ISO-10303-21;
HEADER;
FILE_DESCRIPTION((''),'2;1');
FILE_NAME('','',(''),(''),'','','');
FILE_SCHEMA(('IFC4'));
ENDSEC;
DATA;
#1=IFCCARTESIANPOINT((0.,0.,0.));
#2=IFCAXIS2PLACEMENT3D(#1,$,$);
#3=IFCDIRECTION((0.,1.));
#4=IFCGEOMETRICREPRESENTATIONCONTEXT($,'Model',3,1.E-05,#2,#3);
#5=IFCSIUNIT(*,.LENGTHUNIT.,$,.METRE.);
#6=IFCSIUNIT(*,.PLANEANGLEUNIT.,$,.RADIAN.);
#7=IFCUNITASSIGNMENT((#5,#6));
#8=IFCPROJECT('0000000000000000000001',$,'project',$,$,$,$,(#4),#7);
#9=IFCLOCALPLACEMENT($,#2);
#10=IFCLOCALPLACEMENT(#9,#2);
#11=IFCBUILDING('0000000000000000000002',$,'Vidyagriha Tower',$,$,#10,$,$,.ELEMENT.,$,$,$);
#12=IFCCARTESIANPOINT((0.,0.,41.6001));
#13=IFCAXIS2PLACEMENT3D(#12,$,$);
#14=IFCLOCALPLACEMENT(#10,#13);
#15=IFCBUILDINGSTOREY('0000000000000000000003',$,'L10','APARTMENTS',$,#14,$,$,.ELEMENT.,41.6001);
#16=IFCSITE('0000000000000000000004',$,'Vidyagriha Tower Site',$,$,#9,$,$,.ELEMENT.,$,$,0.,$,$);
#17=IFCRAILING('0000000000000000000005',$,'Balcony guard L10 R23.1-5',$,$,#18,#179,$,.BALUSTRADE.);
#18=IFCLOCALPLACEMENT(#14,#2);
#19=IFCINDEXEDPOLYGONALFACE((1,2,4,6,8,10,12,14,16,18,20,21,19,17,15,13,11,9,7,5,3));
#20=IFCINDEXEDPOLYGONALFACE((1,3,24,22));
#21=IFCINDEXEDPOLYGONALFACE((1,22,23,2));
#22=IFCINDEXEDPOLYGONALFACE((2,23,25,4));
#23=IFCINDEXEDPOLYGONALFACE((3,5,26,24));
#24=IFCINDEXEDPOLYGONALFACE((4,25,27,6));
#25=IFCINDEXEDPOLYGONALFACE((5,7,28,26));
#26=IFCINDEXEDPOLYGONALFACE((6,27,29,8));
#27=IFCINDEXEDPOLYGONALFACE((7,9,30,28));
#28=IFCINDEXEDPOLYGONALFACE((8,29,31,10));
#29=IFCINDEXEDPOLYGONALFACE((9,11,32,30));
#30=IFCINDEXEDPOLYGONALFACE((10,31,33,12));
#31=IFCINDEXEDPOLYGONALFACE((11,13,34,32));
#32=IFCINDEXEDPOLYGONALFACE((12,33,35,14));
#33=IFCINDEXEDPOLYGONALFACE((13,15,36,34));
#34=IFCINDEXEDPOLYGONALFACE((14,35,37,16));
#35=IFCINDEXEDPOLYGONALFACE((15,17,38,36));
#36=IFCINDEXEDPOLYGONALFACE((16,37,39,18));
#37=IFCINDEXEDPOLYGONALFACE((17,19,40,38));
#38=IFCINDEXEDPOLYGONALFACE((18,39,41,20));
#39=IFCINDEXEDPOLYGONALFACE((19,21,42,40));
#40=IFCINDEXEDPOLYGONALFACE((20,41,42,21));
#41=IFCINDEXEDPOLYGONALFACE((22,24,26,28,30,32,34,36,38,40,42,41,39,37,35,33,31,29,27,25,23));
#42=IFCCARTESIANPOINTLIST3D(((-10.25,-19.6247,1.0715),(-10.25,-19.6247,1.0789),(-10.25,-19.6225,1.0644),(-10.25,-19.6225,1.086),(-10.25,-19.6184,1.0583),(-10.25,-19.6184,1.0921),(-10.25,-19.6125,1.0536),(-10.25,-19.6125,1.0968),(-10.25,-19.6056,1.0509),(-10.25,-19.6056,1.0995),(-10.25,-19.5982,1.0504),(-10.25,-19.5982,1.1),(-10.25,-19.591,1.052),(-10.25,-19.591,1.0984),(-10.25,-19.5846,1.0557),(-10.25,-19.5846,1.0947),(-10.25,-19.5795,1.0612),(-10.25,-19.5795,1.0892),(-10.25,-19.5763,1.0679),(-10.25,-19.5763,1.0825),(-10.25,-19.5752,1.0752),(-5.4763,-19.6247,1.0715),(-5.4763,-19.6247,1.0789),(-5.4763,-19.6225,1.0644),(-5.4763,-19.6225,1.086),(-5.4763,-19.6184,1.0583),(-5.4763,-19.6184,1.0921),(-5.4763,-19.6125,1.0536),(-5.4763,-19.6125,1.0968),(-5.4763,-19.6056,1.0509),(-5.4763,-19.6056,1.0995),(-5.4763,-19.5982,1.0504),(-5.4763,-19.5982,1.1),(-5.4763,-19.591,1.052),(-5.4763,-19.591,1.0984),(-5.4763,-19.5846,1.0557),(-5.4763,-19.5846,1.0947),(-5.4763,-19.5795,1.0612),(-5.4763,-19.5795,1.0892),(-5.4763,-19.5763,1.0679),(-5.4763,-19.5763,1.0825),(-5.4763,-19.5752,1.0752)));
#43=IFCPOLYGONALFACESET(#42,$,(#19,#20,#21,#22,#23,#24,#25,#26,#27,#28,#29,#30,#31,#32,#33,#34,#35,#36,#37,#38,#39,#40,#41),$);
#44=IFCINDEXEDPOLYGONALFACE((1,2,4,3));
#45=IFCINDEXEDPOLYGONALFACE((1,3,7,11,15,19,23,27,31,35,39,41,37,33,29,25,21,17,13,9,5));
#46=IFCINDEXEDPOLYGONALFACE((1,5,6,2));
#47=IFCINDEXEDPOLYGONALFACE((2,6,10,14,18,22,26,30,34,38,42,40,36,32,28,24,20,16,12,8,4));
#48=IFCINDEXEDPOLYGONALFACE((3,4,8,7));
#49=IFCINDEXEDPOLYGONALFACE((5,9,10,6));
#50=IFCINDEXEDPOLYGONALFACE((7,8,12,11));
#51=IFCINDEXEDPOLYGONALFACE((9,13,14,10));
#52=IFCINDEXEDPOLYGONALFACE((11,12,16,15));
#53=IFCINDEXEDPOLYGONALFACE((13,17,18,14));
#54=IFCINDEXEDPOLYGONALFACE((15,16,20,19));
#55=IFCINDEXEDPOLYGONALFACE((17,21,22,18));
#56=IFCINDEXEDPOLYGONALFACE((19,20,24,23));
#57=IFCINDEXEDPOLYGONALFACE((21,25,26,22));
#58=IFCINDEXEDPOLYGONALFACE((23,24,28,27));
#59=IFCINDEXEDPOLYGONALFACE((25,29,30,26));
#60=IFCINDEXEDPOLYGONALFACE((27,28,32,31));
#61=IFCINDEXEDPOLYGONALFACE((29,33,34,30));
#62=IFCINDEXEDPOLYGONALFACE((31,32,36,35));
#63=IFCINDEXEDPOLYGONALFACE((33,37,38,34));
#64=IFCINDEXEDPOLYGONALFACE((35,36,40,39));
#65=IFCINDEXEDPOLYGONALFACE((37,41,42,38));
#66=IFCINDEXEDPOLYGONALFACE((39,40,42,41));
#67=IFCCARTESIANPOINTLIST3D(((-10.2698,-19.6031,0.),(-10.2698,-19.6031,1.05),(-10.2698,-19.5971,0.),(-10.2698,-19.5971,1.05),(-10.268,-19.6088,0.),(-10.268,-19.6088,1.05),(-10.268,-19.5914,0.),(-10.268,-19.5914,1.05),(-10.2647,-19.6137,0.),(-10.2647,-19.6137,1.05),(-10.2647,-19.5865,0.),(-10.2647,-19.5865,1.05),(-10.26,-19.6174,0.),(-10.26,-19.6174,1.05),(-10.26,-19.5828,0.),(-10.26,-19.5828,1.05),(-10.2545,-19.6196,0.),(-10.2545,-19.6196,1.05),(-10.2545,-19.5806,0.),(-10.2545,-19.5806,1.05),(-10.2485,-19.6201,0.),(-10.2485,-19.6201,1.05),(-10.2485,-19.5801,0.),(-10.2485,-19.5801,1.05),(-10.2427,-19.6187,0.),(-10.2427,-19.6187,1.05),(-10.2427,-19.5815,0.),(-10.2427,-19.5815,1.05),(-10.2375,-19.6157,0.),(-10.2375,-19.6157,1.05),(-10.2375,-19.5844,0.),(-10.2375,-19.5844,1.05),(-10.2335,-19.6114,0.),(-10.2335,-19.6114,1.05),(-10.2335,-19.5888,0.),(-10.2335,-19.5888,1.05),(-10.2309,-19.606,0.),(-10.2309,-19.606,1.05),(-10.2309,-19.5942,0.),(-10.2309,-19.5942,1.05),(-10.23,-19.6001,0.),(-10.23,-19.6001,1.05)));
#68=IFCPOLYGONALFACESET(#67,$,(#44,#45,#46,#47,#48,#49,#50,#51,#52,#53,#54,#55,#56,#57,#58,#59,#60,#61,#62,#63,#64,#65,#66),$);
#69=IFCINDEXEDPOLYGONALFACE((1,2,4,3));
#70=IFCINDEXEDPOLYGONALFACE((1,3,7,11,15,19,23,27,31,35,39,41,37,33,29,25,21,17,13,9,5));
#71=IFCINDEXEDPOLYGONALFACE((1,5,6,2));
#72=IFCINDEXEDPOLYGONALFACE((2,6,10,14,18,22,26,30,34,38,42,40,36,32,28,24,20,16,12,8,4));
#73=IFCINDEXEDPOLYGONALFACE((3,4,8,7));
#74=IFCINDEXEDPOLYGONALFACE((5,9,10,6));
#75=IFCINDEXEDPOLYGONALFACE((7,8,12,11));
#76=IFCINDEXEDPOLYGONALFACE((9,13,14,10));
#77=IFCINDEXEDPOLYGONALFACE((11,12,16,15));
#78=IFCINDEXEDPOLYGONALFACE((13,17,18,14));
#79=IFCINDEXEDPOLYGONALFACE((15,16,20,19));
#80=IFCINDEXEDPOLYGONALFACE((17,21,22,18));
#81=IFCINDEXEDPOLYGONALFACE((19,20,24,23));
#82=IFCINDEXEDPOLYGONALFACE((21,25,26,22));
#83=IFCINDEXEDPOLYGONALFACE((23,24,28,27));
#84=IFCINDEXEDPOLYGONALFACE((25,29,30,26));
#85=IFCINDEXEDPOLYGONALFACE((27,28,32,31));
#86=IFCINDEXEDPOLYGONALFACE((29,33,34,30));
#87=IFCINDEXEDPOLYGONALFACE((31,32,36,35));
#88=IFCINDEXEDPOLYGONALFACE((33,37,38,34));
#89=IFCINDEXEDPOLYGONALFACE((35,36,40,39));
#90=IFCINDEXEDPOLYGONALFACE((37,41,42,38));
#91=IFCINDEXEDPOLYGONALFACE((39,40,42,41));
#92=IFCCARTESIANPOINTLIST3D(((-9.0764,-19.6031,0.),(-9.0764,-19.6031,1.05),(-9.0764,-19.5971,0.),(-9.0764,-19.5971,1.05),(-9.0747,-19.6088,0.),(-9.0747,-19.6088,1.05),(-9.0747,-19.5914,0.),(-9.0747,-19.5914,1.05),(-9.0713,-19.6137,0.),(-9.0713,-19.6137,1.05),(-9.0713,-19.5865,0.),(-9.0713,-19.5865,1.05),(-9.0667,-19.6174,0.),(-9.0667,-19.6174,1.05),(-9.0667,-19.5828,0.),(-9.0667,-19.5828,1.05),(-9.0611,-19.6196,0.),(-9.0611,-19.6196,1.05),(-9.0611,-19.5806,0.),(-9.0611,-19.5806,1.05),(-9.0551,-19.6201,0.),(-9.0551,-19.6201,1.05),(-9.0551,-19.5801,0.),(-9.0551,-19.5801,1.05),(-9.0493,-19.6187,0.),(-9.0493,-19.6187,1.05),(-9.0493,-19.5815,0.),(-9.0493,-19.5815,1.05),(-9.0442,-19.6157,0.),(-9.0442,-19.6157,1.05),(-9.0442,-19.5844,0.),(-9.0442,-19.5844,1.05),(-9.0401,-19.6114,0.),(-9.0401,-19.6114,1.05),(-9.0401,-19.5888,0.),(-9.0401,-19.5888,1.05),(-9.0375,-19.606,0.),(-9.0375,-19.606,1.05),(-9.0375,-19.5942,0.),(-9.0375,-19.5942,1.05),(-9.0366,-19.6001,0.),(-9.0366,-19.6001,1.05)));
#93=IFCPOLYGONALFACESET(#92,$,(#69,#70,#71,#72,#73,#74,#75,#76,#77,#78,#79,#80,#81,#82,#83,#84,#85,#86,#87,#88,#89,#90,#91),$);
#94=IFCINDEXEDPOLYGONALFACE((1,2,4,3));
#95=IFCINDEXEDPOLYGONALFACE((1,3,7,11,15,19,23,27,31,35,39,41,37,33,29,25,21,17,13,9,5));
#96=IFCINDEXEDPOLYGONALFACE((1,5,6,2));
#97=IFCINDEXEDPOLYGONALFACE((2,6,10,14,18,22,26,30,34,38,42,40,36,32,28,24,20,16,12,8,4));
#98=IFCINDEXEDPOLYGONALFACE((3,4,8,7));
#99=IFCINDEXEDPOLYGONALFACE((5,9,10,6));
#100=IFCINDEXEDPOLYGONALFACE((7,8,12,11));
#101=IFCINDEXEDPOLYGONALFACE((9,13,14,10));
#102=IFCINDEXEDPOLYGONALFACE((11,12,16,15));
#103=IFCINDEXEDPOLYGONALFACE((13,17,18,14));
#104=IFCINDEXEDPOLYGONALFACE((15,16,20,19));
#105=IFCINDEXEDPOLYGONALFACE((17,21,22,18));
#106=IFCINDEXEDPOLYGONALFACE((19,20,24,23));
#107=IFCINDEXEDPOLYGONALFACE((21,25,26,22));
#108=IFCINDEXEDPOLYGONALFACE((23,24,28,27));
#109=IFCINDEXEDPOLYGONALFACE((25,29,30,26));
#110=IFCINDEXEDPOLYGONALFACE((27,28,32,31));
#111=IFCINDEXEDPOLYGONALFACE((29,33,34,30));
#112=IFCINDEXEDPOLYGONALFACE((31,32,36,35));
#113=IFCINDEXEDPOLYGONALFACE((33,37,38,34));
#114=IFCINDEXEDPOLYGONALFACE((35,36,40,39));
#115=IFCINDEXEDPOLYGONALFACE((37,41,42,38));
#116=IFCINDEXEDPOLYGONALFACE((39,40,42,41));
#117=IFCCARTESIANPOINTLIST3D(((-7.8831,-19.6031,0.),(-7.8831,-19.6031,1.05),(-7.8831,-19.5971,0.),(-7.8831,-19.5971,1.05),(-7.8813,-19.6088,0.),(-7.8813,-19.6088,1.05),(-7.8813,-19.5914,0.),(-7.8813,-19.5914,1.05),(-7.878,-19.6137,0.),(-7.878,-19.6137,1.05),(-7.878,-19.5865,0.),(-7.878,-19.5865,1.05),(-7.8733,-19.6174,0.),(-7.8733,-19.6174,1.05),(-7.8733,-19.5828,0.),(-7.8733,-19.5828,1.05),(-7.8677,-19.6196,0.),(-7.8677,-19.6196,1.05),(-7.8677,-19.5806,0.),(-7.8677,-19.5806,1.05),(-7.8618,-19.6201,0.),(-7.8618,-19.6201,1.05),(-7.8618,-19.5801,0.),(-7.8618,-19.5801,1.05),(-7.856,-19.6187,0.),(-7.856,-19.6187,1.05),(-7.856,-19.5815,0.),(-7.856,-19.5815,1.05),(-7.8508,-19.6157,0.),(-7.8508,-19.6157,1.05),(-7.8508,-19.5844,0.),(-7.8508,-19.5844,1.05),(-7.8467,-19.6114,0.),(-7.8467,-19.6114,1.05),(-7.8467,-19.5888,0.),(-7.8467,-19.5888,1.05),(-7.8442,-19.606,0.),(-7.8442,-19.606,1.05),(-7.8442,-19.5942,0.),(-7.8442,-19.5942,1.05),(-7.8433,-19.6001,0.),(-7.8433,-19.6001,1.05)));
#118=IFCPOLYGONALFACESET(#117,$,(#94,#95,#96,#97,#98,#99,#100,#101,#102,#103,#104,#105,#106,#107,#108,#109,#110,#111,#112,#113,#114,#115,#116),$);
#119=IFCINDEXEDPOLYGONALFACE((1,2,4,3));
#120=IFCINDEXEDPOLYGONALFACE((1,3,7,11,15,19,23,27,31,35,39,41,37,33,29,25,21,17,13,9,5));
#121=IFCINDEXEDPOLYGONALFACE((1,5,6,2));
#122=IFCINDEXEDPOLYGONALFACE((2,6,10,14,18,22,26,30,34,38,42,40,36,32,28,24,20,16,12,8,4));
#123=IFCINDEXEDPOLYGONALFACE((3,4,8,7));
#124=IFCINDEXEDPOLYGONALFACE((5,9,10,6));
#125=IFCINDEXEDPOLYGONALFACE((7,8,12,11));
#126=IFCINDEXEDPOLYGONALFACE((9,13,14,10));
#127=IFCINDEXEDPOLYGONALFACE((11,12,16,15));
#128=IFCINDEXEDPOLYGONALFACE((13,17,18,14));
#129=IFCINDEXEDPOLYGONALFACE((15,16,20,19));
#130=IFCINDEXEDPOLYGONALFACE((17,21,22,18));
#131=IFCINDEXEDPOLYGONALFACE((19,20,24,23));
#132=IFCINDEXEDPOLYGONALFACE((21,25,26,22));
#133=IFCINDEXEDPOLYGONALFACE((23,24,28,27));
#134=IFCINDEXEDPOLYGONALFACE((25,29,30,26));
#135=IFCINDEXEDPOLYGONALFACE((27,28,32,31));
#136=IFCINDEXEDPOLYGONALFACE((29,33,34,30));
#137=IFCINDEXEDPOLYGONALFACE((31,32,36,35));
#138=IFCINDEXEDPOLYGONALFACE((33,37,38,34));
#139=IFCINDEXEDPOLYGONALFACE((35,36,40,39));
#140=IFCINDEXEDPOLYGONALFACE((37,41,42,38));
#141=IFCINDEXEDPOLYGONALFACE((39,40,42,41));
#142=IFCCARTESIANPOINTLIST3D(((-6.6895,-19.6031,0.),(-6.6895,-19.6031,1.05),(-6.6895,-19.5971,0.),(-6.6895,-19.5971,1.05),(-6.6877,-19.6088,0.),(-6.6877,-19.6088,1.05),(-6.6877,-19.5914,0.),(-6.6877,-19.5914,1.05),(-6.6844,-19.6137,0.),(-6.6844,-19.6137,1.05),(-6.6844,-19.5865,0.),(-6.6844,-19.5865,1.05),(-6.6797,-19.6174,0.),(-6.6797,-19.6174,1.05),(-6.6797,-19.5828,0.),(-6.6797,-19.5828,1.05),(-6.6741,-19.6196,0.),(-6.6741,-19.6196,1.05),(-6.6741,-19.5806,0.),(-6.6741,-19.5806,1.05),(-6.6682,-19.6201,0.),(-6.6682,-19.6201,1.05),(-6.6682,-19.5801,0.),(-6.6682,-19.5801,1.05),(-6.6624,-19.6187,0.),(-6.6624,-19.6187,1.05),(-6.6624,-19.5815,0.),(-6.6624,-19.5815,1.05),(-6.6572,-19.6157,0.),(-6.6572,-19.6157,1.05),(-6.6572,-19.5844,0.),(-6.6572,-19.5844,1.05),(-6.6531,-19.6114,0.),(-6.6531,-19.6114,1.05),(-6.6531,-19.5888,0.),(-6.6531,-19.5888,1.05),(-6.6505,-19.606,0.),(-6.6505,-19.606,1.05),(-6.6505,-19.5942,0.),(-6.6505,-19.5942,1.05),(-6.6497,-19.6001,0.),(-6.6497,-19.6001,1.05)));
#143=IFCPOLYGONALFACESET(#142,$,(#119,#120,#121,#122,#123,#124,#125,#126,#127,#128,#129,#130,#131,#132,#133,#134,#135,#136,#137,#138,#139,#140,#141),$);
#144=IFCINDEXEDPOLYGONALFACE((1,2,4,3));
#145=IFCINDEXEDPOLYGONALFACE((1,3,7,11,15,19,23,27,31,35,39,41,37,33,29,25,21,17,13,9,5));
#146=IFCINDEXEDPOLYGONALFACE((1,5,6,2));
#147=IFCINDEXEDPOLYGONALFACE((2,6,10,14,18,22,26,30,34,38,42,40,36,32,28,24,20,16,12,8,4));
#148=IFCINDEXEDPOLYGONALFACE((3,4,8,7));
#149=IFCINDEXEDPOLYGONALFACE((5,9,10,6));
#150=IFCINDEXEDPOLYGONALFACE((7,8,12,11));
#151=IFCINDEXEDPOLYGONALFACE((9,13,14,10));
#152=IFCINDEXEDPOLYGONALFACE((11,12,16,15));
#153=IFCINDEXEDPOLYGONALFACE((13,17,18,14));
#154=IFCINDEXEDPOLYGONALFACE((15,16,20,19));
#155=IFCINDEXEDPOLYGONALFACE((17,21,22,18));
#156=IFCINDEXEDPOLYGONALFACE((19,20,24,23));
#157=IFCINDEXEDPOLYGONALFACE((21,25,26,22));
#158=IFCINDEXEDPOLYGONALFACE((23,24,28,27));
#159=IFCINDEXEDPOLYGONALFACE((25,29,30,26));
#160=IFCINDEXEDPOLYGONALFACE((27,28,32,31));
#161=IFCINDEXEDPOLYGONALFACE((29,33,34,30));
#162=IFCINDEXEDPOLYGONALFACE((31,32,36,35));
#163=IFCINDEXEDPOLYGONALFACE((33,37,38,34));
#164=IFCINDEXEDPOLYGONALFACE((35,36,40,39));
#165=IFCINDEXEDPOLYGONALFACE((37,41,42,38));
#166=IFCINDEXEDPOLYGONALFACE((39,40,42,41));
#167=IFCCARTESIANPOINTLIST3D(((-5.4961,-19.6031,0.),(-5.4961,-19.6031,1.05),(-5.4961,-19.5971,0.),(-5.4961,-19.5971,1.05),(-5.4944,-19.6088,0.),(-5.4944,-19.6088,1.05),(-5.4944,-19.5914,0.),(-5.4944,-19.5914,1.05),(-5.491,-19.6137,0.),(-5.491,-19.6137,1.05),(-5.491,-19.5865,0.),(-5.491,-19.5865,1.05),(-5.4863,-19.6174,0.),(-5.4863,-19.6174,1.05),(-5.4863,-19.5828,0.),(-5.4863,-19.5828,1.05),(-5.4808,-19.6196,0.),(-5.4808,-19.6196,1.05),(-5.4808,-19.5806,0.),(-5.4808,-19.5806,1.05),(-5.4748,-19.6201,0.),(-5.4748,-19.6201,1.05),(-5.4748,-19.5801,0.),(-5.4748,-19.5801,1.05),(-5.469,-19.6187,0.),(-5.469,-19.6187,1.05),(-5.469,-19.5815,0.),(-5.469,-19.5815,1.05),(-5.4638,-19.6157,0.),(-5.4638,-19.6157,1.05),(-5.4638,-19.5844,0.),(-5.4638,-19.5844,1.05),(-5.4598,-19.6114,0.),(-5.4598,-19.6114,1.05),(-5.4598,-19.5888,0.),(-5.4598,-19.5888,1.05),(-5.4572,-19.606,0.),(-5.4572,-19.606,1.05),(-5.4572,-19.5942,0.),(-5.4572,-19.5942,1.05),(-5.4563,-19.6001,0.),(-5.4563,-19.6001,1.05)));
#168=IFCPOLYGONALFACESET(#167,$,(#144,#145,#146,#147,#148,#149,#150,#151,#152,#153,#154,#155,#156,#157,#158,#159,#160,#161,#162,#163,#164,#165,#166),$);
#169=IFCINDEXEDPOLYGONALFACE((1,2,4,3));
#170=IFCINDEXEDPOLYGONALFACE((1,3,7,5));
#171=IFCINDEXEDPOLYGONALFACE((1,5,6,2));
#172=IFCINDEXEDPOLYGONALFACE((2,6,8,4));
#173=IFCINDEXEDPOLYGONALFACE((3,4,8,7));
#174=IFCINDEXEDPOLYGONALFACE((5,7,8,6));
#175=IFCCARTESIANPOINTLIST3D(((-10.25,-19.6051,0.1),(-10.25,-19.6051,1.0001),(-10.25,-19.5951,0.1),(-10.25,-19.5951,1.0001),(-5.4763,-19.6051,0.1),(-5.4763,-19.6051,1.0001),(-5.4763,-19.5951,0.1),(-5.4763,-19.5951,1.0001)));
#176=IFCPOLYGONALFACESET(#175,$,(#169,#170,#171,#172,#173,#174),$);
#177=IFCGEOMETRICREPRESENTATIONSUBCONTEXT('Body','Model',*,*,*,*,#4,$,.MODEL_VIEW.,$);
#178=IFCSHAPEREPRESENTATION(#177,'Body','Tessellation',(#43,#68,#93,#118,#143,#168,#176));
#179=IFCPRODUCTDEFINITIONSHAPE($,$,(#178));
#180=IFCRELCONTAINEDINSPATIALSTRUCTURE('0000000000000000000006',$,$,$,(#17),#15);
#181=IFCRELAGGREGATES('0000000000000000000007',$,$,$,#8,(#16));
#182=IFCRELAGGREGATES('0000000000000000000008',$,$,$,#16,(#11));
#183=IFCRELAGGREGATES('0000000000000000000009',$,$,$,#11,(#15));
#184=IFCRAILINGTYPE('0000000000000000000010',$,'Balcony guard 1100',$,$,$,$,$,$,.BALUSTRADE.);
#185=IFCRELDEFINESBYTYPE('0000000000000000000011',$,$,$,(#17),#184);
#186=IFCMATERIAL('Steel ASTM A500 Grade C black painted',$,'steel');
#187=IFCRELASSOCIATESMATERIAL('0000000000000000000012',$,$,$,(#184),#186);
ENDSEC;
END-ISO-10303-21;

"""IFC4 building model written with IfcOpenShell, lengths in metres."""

from ifc_helpers import new_model, si_unit, direction, frame, origin, origin_2d, place, context, subcontext, project, spatial, rectangle, circle, extrude, material, type_object, element, save


model = new_model("IFC4")

# Units and contexts
model_context = context("Model", 3, precision=1e-05, world=origin(), true_north=direction((0.0, 1.0)))
body_context = subcontext(model_context, "Body", "Model", "MODEL_VIEW")
ifc_project = project(units=[si_unit("LENGTHUNIT", "METRE"), si_unit("PLANEANGLEUNIT", "RADIAN")], contexts=[model_context])

# Site, building, storey
site_placement = place(None, origin())
site = spatial("IfcSite", under=ifc_project, at=site_placement, Name="Vidyagriha Tower Site", CompositionType="ELEMENT", RefElevation=0.0)
building_placement = place(site_placement, origin())
building = spatial("IfcBuilding", under=site, at=building_placement, Name="Vidyagriha Tower", CompositionType="ELEMENT")
storey_placement = place(building_placement, frame((0.0, 0.0, 41.6001)))
storey = spatial("IfcBuildingStorey", under=building, at=storey_placement, Name="L10", Description="APARTMENTS", CompositionType="ELEMENT", Elevation=41.6001)

# Railing
ifc_material_1 = material(Name="Steel ASTM A500 Grade C black painted", Category="steel")
railing_type = type_object("IfcRailingType", Name="Balcony guard 1100", PredefinedType="BALUSTRADE", material=ifc_material_1)
railing_1_placement = place(storey_placement, frame((-10.25, -19.6001, 0.0)))
element("IfcRailing", 1, at=railing_1_placement, inside=storey, type_object=railing_type, Name="Balcony guard L10 R23.1-5", PredefinedType="BALUSTRADE", context=body_context, shape_type="SweptSolid", body=[
    extrude(circle(Radius=0.0249, at=origin_2d()), frame((0.0, 0.0, 1.0752), z_axis=(1.0, 0.0, 0.0), x_axis=(0.0, 1.0, 0.0)), (0.0, 0.0, 1.0), 4.7737),
    extrude(circle(Radius=0.02, at=origin_2d()), origin(), (0.0, 0.0, 1.0), 1.05),
    extrude(circle(Radius=0.02, at=origin_2d()), frame((1.1934, 0.0, 0.0)), (0.0, 0.0, 1.0), 1.05),
    extrude(circle(Radius=0.02, at=origin_2d()), frame((2.3867, 0.0, 0.0)), (0.0, 0.0, 1.0), 1.05),
    extrude(circle(Radius=0.02, at=origin_2d()), frame((3.5803, 0.0, 0.0)), (0.0, 0.0, 1.0), 1.05),
    extrude(circle(Radius=0.02, at=origin_2d()), frame((4.7737, 0.0, 0.0)), (0.0, 0.0, 1.0), 1.05),
    extrude(rectangle(XDim=0.01, YDim=0.9001, at=origin_2d()), frame((0.0, 0.0, 0.55), z_axis=(1.0, 0.0, 0.0), x_axis=(0.0, 1.0, 0.0)), (0.0, 0.0, 1.0), 4.7737),
])

save(model, "model.ifc")
